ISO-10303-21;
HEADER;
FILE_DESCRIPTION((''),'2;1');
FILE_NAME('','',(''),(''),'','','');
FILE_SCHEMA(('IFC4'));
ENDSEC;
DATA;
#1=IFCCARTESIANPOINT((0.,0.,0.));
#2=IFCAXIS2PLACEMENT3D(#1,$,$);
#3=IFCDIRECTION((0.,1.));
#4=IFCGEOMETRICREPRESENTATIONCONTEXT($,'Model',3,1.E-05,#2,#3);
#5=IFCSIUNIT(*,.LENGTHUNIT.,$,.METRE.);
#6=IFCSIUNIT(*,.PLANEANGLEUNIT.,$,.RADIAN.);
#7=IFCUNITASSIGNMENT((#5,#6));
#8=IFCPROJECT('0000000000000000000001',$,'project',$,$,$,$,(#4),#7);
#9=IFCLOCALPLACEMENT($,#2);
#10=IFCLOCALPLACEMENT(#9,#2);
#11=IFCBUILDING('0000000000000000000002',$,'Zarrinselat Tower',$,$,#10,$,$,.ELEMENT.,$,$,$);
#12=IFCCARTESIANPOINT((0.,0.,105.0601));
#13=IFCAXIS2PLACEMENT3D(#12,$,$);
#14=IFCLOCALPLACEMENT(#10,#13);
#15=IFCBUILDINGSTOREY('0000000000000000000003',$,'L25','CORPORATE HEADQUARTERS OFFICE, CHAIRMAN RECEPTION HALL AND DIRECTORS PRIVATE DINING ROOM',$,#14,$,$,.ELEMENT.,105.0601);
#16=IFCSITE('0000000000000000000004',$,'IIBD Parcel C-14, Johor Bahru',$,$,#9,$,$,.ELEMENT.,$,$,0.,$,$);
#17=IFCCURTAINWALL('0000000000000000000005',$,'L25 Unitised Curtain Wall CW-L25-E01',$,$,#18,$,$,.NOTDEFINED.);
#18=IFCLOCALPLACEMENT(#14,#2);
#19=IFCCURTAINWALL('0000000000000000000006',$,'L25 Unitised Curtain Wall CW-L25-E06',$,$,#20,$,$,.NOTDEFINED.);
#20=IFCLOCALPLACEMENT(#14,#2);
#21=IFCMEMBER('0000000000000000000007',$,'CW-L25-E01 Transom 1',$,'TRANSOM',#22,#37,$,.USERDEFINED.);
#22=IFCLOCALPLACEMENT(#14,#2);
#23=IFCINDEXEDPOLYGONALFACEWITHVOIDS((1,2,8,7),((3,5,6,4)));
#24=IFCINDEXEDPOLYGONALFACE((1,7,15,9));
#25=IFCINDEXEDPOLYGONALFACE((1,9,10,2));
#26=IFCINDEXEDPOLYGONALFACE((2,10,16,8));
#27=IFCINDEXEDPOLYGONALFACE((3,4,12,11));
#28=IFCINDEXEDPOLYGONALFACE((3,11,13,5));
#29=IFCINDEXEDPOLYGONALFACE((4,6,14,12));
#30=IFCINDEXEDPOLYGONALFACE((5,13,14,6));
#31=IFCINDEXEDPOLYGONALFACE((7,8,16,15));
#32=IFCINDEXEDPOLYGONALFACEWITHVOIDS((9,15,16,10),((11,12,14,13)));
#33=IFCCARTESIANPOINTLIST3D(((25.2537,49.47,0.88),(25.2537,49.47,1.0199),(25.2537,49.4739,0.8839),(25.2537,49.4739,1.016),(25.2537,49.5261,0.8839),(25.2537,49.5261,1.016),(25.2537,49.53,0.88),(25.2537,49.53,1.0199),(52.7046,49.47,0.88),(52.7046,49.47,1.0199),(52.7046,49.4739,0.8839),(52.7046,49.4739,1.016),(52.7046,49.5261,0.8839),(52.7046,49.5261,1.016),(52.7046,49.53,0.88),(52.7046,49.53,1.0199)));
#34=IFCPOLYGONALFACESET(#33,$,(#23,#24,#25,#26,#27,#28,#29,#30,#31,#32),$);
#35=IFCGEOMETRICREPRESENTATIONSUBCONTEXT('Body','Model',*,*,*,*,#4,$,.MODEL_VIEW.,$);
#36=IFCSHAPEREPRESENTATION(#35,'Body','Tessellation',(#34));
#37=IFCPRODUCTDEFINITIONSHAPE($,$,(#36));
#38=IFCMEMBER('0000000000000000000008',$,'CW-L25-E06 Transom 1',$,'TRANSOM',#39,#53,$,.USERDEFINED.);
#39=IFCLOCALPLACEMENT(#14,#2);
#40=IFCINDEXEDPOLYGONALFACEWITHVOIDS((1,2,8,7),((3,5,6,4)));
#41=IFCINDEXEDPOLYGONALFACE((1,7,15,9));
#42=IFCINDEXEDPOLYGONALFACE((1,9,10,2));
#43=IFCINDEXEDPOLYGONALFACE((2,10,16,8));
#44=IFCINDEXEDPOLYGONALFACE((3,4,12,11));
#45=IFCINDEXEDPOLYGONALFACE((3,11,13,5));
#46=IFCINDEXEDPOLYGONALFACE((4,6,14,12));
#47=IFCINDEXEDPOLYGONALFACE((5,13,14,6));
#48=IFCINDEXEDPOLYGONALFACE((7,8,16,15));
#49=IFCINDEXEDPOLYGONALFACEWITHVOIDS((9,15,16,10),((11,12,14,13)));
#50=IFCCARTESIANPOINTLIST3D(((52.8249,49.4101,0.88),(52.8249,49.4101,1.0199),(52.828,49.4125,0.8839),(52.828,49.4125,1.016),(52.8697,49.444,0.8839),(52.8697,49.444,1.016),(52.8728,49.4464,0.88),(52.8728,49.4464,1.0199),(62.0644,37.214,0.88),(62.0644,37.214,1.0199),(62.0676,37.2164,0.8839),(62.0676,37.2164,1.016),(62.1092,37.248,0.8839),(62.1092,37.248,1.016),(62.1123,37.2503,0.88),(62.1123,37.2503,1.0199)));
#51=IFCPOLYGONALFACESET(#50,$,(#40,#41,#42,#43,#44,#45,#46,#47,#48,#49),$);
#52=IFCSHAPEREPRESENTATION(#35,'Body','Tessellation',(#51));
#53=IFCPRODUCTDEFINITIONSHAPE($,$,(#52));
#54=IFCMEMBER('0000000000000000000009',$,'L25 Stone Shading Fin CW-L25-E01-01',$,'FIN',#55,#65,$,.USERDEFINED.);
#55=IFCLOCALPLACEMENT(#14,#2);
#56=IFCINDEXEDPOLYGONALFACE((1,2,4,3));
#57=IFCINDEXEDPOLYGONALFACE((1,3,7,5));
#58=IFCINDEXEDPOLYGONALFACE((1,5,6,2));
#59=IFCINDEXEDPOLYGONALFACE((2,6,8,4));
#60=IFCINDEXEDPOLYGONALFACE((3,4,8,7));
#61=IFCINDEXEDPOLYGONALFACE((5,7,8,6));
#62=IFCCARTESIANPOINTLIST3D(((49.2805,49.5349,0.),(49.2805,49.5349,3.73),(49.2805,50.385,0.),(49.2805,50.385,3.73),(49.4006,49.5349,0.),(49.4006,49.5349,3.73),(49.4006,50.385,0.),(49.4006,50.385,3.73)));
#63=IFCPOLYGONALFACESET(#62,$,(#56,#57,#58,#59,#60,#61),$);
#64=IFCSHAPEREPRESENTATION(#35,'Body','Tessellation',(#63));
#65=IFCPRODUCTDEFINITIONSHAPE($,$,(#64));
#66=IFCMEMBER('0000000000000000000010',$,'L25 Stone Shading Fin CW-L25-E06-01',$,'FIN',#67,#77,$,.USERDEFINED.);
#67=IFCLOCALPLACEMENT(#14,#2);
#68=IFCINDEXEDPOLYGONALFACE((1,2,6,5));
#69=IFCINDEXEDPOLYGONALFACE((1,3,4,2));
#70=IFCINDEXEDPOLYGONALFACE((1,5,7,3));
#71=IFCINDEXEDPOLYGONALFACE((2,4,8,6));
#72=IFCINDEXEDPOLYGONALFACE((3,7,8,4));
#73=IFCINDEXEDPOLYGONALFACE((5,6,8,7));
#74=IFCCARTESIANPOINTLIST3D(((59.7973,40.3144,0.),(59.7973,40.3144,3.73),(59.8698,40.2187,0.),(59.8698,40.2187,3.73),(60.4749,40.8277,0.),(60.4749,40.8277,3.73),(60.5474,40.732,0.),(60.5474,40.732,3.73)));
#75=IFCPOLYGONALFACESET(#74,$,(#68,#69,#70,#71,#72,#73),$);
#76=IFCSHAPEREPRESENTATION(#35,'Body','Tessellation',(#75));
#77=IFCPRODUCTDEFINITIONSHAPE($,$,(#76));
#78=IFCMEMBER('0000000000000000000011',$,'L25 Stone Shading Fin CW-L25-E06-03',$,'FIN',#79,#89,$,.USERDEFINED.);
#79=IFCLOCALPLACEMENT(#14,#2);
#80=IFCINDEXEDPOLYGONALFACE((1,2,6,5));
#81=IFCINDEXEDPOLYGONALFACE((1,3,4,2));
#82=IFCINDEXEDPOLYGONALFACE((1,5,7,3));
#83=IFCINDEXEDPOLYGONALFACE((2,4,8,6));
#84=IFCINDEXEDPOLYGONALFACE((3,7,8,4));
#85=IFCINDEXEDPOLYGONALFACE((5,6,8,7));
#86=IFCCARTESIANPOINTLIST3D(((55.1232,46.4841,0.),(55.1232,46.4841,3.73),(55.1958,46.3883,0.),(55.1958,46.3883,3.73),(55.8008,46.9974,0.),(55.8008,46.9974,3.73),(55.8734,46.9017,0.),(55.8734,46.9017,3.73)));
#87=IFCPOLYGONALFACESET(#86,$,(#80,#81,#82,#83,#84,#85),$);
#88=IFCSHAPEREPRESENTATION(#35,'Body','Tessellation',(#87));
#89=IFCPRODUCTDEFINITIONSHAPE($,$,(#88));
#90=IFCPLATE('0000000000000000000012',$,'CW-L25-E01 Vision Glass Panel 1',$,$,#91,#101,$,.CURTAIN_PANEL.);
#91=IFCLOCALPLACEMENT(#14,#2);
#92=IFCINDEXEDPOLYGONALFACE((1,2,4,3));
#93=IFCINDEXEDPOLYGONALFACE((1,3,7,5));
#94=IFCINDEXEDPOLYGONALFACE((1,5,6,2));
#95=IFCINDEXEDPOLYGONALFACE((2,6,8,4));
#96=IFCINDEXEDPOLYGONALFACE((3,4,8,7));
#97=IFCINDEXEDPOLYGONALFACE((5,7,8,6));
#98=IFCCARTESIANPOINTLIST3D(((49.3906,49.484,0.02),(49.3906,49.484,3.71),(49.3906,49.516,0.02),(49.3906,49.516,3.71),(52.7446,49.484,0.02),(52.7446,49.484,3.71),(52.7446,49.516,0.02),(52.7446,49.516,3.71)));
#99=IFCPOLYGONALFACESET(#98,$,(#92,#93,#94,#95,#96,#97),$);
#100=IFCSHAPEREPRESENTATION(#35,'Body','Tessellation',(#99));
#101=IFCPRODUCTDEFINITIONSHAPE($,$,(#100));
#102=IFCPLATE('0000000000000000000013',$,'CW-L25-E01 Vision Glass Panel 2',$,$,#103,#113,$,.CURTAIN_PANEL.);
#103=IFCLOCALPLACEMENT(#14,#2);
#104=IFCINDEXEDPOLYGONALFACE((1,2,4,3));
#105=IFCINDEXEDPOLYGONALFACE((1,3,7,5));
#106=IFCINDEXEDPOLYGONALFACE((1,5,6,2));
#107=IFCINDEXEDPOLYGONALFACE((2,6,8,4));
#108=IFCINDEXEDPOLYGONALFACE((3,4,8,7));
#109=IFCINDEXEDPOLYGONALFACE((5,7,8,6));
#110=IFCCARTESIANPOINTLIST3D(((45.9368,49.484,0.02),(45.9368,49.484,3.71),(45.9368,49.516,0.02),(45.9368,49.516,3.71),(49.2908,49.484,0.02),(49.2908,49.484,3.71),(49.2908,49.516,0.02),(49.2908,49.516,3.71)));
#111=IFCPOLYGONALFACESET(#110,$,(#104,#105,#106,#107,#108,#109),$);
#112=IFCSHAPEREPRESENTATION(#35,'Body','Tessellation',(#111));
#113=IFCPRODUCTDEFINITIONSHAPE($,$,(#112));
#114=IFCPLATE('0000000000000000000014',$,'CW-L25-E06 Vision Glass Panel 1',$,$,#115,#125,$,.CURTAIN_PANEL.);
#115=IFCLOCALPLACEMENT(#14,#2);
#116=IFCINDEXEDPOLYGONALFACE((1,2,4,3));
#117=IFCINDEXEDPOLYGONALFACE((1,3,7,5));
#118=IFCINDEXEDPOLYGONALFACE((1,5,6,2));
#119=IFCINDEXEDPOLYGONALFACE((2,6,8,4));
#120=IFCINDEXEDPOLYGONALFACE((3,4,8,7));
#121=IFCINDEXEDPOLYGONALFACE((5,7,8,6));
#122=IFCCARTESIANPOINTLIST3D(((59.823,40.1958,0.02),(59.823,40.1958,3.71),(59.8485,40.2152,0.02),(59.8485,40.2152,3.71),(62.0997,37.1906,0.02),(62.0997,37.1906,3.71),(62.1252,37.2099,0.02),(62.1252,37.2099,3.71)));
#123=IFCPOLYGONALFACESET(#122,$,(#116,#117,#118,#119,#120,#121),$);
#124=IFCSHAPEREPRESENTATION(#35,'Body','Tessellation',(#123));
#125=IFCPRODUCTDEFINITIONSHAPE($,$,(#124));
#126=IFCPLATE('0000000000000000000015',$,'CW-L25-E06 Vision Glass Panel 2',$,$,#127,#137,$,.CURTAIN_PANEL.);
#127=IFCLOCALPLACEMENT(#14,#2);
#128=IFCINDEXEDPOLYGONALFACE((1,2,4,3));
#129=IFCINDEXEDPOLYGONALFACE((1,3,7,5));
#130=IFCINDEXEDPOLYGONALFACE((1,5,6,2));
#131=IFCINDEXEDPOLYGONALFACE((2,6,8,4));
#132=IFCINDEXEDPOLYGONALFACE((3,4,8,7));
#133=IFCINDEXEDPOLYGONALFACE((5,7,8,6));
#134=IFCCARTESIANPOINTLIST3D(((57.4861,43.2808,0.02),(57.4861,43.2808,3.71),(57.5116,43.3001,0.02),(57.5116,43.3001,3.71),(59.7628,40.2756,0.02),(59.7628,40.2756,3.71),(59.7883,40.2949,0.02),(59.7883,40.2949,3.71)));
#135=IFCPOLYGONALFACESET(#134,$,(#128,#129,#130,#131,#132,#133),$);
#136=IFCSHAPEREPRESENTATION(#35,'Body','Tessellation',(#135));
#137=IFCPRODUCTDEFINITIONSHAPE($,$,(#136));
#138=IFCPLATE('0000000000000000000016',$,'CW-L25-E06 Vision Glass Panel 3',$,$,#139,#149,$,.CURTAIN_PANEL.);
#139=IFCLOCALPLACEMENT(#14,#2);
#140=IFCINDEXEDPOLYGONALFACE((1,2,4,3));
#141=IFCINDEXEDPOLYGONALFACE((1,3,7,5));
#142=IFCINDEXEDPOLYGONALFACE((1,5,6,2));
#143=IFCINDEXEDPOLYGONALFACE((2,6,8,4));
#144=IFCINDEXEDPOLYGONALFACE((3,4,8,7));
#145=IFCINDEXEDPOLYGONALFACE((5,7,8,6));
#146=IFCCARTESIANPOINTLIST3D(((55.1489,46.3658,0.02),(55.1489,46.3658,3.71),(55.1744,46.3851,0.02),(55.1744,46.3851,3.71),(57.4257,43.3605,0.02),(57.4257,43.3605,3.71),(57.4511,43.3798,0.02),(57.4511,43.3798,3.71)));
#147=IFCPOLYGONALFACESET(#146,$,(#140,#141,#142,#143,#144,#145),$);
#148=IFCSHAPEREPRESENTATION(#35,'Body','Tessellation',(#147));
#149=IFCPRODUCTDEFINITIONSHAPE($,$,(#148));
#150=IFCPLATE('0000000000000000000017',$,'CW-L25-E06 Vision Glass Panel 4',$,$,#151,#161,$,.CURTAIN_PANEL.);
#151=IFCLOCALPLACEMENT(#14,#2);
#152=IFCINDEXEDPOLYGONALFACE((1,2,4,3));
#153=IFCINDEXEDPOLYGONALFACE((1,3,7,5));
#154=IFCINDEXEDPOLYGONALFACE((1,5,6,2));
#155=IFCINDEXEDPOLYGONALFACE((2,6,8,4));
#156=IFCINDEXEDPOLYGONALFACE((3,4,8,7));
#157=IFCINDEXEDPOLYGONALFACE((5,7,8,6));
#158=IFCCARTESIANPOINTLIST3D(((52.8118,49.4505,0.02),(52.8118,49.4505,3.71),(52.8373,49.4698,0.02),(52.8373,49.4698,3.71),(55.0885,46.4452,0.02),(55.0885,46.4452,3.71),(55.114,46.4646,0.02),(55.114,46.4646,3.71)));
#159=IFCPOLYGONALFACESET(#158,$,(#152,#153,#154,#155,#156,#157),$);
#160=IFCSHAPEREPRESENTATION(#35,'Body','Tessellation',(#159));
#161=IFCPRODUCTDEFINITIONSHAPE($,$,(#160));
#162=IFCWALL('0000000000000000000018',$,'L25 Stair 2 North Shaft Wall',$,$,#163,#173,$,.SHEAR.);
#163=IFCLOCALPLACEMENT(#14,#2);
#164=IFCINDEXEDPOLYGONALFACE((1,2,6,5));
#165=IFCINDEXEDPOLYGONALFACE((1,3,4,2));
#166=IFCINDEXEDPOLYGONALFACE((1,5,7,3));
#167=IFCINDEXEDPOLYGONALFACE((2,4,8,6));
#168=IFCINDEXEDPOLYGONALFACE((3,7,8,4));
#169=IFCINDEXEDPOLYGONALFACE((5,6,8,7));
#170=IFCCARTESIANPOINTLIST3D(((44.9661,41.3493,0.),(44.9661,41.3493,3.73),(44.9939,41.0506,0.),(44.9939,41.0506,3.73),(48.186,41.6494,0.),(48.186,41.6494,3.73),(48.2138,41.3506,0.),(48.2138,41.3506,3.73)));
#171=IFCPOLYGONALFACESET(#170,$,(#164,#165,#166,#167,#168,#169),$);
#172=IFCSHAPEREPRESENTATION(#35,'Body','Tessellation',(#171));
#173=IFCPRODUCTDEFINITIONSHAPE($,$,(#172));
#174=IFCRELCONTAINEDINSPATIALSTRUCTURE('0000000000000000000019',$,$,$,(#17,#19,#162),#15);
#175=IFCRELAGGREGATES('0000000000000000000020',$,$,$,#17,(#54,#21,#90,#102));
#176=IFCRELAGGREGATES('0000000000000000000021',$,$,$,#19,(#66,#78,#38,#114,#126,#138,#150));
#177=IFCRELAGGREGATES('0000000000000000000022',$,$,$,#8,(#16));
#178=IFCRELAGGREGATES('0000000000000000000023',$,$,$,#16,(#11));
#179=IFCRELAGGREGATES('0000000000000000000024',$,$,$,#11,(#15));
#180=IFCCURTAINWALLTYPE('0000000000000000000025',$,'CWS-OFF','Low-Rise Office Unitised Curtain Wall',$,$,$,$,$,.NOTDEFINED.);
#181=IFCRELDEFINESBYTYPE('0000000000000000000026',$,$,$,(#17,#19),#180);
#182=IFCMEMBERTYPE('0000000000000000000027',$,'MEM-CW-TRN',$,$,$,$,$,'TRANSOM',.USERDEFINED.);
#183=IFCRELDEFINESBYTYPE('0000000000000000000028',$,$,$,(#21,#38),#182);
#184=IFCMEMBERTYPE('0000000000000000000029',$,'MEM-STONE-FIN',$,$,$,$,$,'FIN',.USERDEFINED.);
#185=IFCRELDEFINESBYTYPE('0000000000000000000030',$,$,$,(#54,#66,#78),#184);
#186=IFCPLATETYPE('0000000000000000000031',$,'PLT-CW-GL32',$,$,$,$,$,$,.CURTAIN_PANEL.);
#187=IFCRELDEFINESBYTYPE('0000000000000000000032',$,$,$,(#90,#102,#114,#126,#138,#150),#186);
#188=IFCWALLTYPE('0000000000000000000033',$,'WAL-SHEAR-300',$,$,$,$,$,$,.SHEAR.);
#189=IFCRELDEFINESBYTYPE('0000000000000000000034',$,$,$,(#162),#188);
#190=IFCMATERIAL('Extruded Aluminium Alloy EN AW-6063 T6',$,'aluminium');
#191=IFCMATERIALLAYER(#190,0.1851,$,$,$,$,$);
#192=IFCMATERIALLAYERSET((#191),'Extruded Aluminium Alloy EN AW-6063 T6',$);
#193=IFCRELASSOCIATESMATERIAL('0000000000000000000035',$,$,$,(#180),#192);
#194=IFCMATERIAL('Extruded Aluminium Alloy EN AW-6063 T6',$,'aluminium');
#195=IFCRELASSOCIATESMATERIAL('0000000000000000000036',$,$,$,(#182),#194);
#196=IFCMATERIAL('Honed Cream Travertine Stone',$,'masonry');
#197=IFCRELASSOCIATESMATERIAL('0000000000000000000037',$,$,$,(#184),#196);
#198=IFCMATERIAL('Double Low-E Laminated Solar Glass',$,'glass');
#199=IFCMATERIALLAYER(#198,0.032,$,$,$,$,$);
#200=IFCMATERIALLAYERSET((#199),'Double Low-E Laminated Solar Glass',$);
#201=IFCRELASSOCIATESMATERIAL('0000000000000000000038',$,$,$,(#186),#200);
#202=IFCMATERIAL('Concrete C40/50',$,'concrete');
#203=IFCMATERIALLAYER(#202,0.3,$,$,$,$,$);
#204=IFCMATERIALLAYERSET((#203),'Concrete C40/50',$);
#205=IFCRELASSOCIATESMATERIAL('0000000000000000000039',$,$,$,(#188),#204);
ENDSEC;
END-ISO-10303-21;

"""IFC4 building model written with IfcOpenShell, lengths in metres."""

from ifc_helpers import new_model, si_unit, direction, frame, frame_2d, origin, origin_2d, place, context, subcontext, project, spatial, rectangle, hollow_rectangle, extrude, material, layer, layer_set, material_profile, profile_set, type_object, element, aggregate, save


model = new_model("IFC4")

# Units and contexts
model_context = context("Model", 3, precision=1e-05, world=origin(), true_north=direction((0.0, 1.0)))
body_context = subcontext(model_context, "Body", "Model", "MODEL_VIEW")
ifc_project = project(units=[si_unit("LENGTHUNIT", "METRE"), si_unit("PLANEANGLEUNIT", "RADIAN")], contexts=[model_context])

# Site, building, storey
site_placement = place(None, origin())
site = spatial("IfcSite", under=ifc_project, at=site_placement, Name="IIBD Parcel C-14, Johor Bahru", CompositionType="ELEMENT", RefElevation=0.0)
building_placement = place(site_placement, origin())
building = spatial("IfcBuilding", under=site, at=building_placement, Name="Zarrinselat Tower", CompositionType="ELEMENT")
storey_placement = place(building_placement, frame((0.0, 0.0, 105.0601)))
storey = spatial("IfcBuildingStorey", under=building, at=storey_placement, Name="L25", Description="CORPORATE HEADQUARTERS OFFICE, CHAIRMAN RECEPTION HALL AND DIRECTORS PRIVATE DINING ROOM", CompositionType="ELEMENT", Elevation=105.0601)

# Curtain wall
ifc_material_1 = material(Name="Extruded Aluminium Alloy EN AW-6063 T6", Category="aluminium")
ifc_layer_1 = layer(ifc_material_1, 0.1851)
ifc_layer_set_1 = layer_set([ifc_layer_1], Name="Extruded Aluminium Alloy EN AW-6063 T6")
curtain_wall_type = type_object("IfcCurtainWallType", Name="CWS-OFF", Description="Low-Rise Office Unitised Curtain Wall", PredefinedType="NOTDEFINED", material=ifc_layer_set_1)
curtain_wall_1_placement = place(storey_placement, origin())
curtain_wall_1 = element("IfcCurtainWall", 1, at=curtain_wall_1_placement, inside=storey, type_object=curtain_wall_type, Name="L25 Unitised Curtain Wall CW-L25-E01", PredefinedType="NOTDEFINED")

# Curtain wall
curtain_wall_2_placement = place(storey_placement, origin())
curtain_wall_2 = element("IfcCurtainWall", 2, at=curtain_wall_2_placement, inside=storey, type_object=curtain_wall_type, Name="L25 Unitised Curtain Wall CW-L25-E06", PredefinedType="NOTDEFINED")

# Members
ifc_material_2 = material(Name="Extruded Aluminium Alloy EN AW-6063 T6", Category="aluminium")
ifc_material_profile_1 = material_profile(ifc_material_2, hollow_rectangle(XDim=0.0601, YDim=0.1399, WallThickness=0.0039, at=origin_2d()), Name="RHS 140x60x4")
ifc_profile_set_1 = profile_set([ifc_material_profile_1], Name="Extruded Aluminium Alloy EN AW-6063 T6")
member_type_1 = type_object("IfcMemberType", Name="MEM-CW-TRN", ElementType="TRANSOM", PredefinedType="USERDEFINED", material=ifc_profile_set_1)
member_1_placement = place(storey_placement, frame((52.7046, 49.5, 0.95), z_axis=(-1.0, 0.0, 0.0), x_axis=(0.0, -1.0, 0.0)))
member_1 = element("IfcMember", 3, at=member_1_placement, type_object=member_type_1, Name="CW-L25-E01 Transom 1", ObjectType="TRANSOM", PredefinedType="USERDEFINED", context=body_context, shape_type="SweptSolid", body=[
    extrude(hollow_rectangle(XDim=0.0601, YDim=0.1399, WallThickness=0.0039, at=origin_2d()), origin(), (0.0, 0.0, 1.0), 27.4509),
])
member_2_placement = place(storey_placement, frame((62.0884, 37.2322, 0.95), z_axis=(-0.603861, 0.79709, 0.0), x_axis=(-0.79709, -0.603861, 0.0)))
member_2 = element("IfcMember", 4, at=member_2_placement, type_object=member_type_1, Name="CW-L25-E06 Transom 1", ObjectType="TRANSOM", PredefinedType="USERDEFINED", context=body_context, shape_type="SweptSolid", body=[
    extrude(hollow_rectangle(XDim=0.0601, YDim=0.1399, WallThickness=0.0039, at=origin_2d()), origin(), (0.0, 0.0, 1.0), 15.3008),
])
ifc_material_3 = material(Name="Honed Cream Travertine Stone", Category="masonry")
ifc_material_profile_2 = material_profile(ifc_material_3, rectangle(XDim=0.1201, YDim=0.8501, at=origin_2d()), Name="FIN 850x120")
ifc_profile_set_2 = profile_set([ifc_material_profile_2], Name="Honed Cream Travertine Stone")
member_type_2 = type_object("IfcMemberType", Name="MEM-STONE-FIN", ElementType="FIN", PredefinedType="USERDEFINED", material=ifc_profile_set_2)
member_3_placement = place(storey_placement, frame((49.3406, 49.96, 0.0), z_axis=(0.0, 0.0, 1.0), x_axis=(1.0, 0.0, 0.0)))
member_3 = element("IfcMember", 5, at=member_3_placement, type_object=member_type_2, Name="L25 Stone Shading Fin CW-L25-E01-01", ObjectType="FIN", PredefinedType="USERDEFINED", context=body_context, shape_type="SweptSolid", body=[
    extrude(rectangle(XDim=0.1201, YDim=0.8501, at=origin_2d()), origin(), (0.0, 0.0, 1.0), 3.73),
])
member_4_placement = place(storey_placement, frame((60.1724, 40.5232, 0.0), z_axis=(0.0, 0.0, 1.0), x_axis=(0.603858, -0.797092, 0.0)))
member_4 = element("IfcMember", 6, at=member_4_placement, type_object=member_type_2, Name="L25 Stone Shading Fin CW-L25-E06-01", ObjectType="FIN", PredefinedType="USERDEFINED", context=body_context, shape_type="SweptSolid", body=[
    extrude(rectangle(XDim=0.1201, YDim=0.8501, at=origin_2d()), origin(), (0.0, 0.0, 1.0), 3.73),
])
member_5_placement = place(storey_placement, frame((55.4983, 46.6929, 0.0), z_axis=(0.0, 0.0, 1.0), x_axis=(0.603858, -0.797092, 0.0)))
member_5 = element("IfcMember", 7, at=member_5_placement, type_object=member_type_2, Name="L25 Stone Shading Fin CW-L25-E06-03", ObjectType="FIN", PredefinedType="USERDEFINED", context=body_context, shape_type="SweptSolid", body=[
    extrude(rectangle(XDim=0.1201, YDim=0.8501, at=origin_2d()), origin(), (0.0, 0.0, 1.0), 3.73),
])

# Plates
ifc_material_4 = material(Name="Double Low-E Laminated Solar Glass", Category="glass")
ifc_layer_2 = layer(ifc_material_4, 0.032)
ifc_layer_set_2 = layer_set([ifc_layer_2], Name="Double Low-E Laminated Solar Glass")
plate_type = type_object("IfcPlateType", Name="PLT-CW-GL32", PredefinedType="CURTAIN_PANEL", material=ifc_layer_set_2)
plate_1_placement = place(storey_placement, frame((51.0676, 49.5, 0.02), z_axis=(0.0, 0.0, 1.0), x_axis=(-1.0, 0.0, 0.0)))
plate_1 = element("IfcPlate", 8, at=plate_1_placement, type_object=plate_type, Name="CW-L25-E01 Vision Glass Panel 1", PredefinedType="CURTAIN_PANEL", context=body_context, shape_type="SweptSolid", body=[
    extrude(rectangle(XDim=3.354, YDim=0.032, at=origin_2d()), origin(), (0.0, 0.0, 1.0), 3.6899),
])
plate_2_placement = place(storey_placement, frame((47.6138, 49.5, 0.02), z_axis=(0.0, 0.0, 1.0), x_axis=(-1.0, 0.0, 0.0)))
plate_2 = element("IfcPlate", 9, at=plate_2_placement, type_object=plate_type, Name="CW-L25-E01 Vision Glass Panel 2", PredefinedType="CURTAIN_PANEL", context=body_context, shape_type="SweptSolid", body=[
    extrude(rectangle(XDim=3.354, YDim=0.032, at=origin_2d()), origin(), (0.0, 0.0, 1.0), 3.6899),
])
aggregate(curtain_wall_1, [member_3, member_1, plate_1, plate_2])
plate_3_placement = place(storey_placement, frame((60.9741, 38.7029, 0.02), z_axis=(0.0, 0.0, 1.0), x_axis=(-0.603858, 0.797092, 0.0)))
plate_3 = element("IfcPlate", 10, at=plate_3_placement, type_object=plate_type, Name="CW-L25-E06 Vision Glass Panel 1", PredefinedType="CURTAIN_PANEL", context=body_context, shape_type="SweptSolid", body=[
    extrude(rectangle(XDim=3.7703, YDim=0.032, at=origin_2d()), origin(), (0.0, 0.0, 1.0), 3.6899),
])
plate_4_placement = place(storey_placement, frame((58.6372, 41.7878, 0.02), z_axis=(0.0, 0.0, 1.0), x_axis=(-0.603858, 0.797092, 0.0)))
plate_4 = element("IfcPlate", 11, at=plate_4_placement, type_object=plate_type, Name="CW-L25-E06 Vision Glass Panel 2", PredefinedType="CURTAIN_PANEL", context=body_context, shape_type="SweptSolid", body=[
    extrude(rectangle(XDim=3.7703, YDim=0.032, at=origin_2d()), origin(), (0.0, 0.0, 1.0), 3.6899),
])
plate_5_placement = place(storey_placement, frame((56.3, 44.8728, 0.02), z_axis=(0.0, 0.0, 1.0), x_axis=(-0.603858, 0.797092, 0.0)))
plate_5 = element("IfcPlate", 12, at=plate_5_placement, type_object=plate_type, Name="CW-L25-E06 Vision Glass Panel 3", PredefinedType="CURTAIN_PANEL", context=body_context, shape_type="SweptSolid", body=[
    extrude(rectangle(XDim=3.7703, YDim=0.032, at=origin_2d()), origin(), (0.0, 0.0, 1.0), 3.6899),
])
plate_6_placement = place(storey_placement, frame((53.9629, 47.9575, 0.02), z_axis=(0.0, 0.0, 1.0), x_axis=(-0.603858, 0.797092, 0.0)))
plate_6 = element("IfcPlate", 13, at=plate_6_placement, type_object=plate_type, Name="CW-L25-E06 Vision Glass Panel 4", PredefinedType="CURTAIN_PANEL", context=body_context, shape_type="SweptSolid", body=[
    extrude(rectangle(XDim=3.7703, YDim=0.032, at=origin_2d()), origin(), (0.0, 0.0, 1.0), 3.6899),
])
aggregate(curtain_wall_2, [member_4, member_5, member_2, plate_3, plate_4, plate_5, plate_6])

# Wall
ifc_material_5 = material(Name="Concrete C40/50", Category="concrete")
ifc_layer_3 = layer(ifc_material_5, 0.3)
ifc_layer_set_3 = layer_set([ifc_layer_3], Name="Concrete C40/50")
wall_type = type_object("IfcWallType", Name="WAL-SHEAR-300", PredefinedType="SHEAR", material=ifc_layer_set_3)
wall_placement = place(storey_placement, frame((44.98, 41.2, 0.0), z_axis=(0.0, 0.0, 1.0), x_axis=(0.995686, 0.092782, 0.0)))
element("IfcWall", 14, at=wall_placement, inside=storey, type_object=wall_type, Name="L25 Stair 2 North Shaft Wall", PredefinedType="SHEAR", context=body_context, shape_type="SweptSolid", body=[
    extrude(rectangle(XDim=3.2339, YDim=0.3, at=frame_2d((1.6169, 0.0))), origin(), (0.0, 0.0, 1.0), 3.73),
])

save(model, "model.ifc")
